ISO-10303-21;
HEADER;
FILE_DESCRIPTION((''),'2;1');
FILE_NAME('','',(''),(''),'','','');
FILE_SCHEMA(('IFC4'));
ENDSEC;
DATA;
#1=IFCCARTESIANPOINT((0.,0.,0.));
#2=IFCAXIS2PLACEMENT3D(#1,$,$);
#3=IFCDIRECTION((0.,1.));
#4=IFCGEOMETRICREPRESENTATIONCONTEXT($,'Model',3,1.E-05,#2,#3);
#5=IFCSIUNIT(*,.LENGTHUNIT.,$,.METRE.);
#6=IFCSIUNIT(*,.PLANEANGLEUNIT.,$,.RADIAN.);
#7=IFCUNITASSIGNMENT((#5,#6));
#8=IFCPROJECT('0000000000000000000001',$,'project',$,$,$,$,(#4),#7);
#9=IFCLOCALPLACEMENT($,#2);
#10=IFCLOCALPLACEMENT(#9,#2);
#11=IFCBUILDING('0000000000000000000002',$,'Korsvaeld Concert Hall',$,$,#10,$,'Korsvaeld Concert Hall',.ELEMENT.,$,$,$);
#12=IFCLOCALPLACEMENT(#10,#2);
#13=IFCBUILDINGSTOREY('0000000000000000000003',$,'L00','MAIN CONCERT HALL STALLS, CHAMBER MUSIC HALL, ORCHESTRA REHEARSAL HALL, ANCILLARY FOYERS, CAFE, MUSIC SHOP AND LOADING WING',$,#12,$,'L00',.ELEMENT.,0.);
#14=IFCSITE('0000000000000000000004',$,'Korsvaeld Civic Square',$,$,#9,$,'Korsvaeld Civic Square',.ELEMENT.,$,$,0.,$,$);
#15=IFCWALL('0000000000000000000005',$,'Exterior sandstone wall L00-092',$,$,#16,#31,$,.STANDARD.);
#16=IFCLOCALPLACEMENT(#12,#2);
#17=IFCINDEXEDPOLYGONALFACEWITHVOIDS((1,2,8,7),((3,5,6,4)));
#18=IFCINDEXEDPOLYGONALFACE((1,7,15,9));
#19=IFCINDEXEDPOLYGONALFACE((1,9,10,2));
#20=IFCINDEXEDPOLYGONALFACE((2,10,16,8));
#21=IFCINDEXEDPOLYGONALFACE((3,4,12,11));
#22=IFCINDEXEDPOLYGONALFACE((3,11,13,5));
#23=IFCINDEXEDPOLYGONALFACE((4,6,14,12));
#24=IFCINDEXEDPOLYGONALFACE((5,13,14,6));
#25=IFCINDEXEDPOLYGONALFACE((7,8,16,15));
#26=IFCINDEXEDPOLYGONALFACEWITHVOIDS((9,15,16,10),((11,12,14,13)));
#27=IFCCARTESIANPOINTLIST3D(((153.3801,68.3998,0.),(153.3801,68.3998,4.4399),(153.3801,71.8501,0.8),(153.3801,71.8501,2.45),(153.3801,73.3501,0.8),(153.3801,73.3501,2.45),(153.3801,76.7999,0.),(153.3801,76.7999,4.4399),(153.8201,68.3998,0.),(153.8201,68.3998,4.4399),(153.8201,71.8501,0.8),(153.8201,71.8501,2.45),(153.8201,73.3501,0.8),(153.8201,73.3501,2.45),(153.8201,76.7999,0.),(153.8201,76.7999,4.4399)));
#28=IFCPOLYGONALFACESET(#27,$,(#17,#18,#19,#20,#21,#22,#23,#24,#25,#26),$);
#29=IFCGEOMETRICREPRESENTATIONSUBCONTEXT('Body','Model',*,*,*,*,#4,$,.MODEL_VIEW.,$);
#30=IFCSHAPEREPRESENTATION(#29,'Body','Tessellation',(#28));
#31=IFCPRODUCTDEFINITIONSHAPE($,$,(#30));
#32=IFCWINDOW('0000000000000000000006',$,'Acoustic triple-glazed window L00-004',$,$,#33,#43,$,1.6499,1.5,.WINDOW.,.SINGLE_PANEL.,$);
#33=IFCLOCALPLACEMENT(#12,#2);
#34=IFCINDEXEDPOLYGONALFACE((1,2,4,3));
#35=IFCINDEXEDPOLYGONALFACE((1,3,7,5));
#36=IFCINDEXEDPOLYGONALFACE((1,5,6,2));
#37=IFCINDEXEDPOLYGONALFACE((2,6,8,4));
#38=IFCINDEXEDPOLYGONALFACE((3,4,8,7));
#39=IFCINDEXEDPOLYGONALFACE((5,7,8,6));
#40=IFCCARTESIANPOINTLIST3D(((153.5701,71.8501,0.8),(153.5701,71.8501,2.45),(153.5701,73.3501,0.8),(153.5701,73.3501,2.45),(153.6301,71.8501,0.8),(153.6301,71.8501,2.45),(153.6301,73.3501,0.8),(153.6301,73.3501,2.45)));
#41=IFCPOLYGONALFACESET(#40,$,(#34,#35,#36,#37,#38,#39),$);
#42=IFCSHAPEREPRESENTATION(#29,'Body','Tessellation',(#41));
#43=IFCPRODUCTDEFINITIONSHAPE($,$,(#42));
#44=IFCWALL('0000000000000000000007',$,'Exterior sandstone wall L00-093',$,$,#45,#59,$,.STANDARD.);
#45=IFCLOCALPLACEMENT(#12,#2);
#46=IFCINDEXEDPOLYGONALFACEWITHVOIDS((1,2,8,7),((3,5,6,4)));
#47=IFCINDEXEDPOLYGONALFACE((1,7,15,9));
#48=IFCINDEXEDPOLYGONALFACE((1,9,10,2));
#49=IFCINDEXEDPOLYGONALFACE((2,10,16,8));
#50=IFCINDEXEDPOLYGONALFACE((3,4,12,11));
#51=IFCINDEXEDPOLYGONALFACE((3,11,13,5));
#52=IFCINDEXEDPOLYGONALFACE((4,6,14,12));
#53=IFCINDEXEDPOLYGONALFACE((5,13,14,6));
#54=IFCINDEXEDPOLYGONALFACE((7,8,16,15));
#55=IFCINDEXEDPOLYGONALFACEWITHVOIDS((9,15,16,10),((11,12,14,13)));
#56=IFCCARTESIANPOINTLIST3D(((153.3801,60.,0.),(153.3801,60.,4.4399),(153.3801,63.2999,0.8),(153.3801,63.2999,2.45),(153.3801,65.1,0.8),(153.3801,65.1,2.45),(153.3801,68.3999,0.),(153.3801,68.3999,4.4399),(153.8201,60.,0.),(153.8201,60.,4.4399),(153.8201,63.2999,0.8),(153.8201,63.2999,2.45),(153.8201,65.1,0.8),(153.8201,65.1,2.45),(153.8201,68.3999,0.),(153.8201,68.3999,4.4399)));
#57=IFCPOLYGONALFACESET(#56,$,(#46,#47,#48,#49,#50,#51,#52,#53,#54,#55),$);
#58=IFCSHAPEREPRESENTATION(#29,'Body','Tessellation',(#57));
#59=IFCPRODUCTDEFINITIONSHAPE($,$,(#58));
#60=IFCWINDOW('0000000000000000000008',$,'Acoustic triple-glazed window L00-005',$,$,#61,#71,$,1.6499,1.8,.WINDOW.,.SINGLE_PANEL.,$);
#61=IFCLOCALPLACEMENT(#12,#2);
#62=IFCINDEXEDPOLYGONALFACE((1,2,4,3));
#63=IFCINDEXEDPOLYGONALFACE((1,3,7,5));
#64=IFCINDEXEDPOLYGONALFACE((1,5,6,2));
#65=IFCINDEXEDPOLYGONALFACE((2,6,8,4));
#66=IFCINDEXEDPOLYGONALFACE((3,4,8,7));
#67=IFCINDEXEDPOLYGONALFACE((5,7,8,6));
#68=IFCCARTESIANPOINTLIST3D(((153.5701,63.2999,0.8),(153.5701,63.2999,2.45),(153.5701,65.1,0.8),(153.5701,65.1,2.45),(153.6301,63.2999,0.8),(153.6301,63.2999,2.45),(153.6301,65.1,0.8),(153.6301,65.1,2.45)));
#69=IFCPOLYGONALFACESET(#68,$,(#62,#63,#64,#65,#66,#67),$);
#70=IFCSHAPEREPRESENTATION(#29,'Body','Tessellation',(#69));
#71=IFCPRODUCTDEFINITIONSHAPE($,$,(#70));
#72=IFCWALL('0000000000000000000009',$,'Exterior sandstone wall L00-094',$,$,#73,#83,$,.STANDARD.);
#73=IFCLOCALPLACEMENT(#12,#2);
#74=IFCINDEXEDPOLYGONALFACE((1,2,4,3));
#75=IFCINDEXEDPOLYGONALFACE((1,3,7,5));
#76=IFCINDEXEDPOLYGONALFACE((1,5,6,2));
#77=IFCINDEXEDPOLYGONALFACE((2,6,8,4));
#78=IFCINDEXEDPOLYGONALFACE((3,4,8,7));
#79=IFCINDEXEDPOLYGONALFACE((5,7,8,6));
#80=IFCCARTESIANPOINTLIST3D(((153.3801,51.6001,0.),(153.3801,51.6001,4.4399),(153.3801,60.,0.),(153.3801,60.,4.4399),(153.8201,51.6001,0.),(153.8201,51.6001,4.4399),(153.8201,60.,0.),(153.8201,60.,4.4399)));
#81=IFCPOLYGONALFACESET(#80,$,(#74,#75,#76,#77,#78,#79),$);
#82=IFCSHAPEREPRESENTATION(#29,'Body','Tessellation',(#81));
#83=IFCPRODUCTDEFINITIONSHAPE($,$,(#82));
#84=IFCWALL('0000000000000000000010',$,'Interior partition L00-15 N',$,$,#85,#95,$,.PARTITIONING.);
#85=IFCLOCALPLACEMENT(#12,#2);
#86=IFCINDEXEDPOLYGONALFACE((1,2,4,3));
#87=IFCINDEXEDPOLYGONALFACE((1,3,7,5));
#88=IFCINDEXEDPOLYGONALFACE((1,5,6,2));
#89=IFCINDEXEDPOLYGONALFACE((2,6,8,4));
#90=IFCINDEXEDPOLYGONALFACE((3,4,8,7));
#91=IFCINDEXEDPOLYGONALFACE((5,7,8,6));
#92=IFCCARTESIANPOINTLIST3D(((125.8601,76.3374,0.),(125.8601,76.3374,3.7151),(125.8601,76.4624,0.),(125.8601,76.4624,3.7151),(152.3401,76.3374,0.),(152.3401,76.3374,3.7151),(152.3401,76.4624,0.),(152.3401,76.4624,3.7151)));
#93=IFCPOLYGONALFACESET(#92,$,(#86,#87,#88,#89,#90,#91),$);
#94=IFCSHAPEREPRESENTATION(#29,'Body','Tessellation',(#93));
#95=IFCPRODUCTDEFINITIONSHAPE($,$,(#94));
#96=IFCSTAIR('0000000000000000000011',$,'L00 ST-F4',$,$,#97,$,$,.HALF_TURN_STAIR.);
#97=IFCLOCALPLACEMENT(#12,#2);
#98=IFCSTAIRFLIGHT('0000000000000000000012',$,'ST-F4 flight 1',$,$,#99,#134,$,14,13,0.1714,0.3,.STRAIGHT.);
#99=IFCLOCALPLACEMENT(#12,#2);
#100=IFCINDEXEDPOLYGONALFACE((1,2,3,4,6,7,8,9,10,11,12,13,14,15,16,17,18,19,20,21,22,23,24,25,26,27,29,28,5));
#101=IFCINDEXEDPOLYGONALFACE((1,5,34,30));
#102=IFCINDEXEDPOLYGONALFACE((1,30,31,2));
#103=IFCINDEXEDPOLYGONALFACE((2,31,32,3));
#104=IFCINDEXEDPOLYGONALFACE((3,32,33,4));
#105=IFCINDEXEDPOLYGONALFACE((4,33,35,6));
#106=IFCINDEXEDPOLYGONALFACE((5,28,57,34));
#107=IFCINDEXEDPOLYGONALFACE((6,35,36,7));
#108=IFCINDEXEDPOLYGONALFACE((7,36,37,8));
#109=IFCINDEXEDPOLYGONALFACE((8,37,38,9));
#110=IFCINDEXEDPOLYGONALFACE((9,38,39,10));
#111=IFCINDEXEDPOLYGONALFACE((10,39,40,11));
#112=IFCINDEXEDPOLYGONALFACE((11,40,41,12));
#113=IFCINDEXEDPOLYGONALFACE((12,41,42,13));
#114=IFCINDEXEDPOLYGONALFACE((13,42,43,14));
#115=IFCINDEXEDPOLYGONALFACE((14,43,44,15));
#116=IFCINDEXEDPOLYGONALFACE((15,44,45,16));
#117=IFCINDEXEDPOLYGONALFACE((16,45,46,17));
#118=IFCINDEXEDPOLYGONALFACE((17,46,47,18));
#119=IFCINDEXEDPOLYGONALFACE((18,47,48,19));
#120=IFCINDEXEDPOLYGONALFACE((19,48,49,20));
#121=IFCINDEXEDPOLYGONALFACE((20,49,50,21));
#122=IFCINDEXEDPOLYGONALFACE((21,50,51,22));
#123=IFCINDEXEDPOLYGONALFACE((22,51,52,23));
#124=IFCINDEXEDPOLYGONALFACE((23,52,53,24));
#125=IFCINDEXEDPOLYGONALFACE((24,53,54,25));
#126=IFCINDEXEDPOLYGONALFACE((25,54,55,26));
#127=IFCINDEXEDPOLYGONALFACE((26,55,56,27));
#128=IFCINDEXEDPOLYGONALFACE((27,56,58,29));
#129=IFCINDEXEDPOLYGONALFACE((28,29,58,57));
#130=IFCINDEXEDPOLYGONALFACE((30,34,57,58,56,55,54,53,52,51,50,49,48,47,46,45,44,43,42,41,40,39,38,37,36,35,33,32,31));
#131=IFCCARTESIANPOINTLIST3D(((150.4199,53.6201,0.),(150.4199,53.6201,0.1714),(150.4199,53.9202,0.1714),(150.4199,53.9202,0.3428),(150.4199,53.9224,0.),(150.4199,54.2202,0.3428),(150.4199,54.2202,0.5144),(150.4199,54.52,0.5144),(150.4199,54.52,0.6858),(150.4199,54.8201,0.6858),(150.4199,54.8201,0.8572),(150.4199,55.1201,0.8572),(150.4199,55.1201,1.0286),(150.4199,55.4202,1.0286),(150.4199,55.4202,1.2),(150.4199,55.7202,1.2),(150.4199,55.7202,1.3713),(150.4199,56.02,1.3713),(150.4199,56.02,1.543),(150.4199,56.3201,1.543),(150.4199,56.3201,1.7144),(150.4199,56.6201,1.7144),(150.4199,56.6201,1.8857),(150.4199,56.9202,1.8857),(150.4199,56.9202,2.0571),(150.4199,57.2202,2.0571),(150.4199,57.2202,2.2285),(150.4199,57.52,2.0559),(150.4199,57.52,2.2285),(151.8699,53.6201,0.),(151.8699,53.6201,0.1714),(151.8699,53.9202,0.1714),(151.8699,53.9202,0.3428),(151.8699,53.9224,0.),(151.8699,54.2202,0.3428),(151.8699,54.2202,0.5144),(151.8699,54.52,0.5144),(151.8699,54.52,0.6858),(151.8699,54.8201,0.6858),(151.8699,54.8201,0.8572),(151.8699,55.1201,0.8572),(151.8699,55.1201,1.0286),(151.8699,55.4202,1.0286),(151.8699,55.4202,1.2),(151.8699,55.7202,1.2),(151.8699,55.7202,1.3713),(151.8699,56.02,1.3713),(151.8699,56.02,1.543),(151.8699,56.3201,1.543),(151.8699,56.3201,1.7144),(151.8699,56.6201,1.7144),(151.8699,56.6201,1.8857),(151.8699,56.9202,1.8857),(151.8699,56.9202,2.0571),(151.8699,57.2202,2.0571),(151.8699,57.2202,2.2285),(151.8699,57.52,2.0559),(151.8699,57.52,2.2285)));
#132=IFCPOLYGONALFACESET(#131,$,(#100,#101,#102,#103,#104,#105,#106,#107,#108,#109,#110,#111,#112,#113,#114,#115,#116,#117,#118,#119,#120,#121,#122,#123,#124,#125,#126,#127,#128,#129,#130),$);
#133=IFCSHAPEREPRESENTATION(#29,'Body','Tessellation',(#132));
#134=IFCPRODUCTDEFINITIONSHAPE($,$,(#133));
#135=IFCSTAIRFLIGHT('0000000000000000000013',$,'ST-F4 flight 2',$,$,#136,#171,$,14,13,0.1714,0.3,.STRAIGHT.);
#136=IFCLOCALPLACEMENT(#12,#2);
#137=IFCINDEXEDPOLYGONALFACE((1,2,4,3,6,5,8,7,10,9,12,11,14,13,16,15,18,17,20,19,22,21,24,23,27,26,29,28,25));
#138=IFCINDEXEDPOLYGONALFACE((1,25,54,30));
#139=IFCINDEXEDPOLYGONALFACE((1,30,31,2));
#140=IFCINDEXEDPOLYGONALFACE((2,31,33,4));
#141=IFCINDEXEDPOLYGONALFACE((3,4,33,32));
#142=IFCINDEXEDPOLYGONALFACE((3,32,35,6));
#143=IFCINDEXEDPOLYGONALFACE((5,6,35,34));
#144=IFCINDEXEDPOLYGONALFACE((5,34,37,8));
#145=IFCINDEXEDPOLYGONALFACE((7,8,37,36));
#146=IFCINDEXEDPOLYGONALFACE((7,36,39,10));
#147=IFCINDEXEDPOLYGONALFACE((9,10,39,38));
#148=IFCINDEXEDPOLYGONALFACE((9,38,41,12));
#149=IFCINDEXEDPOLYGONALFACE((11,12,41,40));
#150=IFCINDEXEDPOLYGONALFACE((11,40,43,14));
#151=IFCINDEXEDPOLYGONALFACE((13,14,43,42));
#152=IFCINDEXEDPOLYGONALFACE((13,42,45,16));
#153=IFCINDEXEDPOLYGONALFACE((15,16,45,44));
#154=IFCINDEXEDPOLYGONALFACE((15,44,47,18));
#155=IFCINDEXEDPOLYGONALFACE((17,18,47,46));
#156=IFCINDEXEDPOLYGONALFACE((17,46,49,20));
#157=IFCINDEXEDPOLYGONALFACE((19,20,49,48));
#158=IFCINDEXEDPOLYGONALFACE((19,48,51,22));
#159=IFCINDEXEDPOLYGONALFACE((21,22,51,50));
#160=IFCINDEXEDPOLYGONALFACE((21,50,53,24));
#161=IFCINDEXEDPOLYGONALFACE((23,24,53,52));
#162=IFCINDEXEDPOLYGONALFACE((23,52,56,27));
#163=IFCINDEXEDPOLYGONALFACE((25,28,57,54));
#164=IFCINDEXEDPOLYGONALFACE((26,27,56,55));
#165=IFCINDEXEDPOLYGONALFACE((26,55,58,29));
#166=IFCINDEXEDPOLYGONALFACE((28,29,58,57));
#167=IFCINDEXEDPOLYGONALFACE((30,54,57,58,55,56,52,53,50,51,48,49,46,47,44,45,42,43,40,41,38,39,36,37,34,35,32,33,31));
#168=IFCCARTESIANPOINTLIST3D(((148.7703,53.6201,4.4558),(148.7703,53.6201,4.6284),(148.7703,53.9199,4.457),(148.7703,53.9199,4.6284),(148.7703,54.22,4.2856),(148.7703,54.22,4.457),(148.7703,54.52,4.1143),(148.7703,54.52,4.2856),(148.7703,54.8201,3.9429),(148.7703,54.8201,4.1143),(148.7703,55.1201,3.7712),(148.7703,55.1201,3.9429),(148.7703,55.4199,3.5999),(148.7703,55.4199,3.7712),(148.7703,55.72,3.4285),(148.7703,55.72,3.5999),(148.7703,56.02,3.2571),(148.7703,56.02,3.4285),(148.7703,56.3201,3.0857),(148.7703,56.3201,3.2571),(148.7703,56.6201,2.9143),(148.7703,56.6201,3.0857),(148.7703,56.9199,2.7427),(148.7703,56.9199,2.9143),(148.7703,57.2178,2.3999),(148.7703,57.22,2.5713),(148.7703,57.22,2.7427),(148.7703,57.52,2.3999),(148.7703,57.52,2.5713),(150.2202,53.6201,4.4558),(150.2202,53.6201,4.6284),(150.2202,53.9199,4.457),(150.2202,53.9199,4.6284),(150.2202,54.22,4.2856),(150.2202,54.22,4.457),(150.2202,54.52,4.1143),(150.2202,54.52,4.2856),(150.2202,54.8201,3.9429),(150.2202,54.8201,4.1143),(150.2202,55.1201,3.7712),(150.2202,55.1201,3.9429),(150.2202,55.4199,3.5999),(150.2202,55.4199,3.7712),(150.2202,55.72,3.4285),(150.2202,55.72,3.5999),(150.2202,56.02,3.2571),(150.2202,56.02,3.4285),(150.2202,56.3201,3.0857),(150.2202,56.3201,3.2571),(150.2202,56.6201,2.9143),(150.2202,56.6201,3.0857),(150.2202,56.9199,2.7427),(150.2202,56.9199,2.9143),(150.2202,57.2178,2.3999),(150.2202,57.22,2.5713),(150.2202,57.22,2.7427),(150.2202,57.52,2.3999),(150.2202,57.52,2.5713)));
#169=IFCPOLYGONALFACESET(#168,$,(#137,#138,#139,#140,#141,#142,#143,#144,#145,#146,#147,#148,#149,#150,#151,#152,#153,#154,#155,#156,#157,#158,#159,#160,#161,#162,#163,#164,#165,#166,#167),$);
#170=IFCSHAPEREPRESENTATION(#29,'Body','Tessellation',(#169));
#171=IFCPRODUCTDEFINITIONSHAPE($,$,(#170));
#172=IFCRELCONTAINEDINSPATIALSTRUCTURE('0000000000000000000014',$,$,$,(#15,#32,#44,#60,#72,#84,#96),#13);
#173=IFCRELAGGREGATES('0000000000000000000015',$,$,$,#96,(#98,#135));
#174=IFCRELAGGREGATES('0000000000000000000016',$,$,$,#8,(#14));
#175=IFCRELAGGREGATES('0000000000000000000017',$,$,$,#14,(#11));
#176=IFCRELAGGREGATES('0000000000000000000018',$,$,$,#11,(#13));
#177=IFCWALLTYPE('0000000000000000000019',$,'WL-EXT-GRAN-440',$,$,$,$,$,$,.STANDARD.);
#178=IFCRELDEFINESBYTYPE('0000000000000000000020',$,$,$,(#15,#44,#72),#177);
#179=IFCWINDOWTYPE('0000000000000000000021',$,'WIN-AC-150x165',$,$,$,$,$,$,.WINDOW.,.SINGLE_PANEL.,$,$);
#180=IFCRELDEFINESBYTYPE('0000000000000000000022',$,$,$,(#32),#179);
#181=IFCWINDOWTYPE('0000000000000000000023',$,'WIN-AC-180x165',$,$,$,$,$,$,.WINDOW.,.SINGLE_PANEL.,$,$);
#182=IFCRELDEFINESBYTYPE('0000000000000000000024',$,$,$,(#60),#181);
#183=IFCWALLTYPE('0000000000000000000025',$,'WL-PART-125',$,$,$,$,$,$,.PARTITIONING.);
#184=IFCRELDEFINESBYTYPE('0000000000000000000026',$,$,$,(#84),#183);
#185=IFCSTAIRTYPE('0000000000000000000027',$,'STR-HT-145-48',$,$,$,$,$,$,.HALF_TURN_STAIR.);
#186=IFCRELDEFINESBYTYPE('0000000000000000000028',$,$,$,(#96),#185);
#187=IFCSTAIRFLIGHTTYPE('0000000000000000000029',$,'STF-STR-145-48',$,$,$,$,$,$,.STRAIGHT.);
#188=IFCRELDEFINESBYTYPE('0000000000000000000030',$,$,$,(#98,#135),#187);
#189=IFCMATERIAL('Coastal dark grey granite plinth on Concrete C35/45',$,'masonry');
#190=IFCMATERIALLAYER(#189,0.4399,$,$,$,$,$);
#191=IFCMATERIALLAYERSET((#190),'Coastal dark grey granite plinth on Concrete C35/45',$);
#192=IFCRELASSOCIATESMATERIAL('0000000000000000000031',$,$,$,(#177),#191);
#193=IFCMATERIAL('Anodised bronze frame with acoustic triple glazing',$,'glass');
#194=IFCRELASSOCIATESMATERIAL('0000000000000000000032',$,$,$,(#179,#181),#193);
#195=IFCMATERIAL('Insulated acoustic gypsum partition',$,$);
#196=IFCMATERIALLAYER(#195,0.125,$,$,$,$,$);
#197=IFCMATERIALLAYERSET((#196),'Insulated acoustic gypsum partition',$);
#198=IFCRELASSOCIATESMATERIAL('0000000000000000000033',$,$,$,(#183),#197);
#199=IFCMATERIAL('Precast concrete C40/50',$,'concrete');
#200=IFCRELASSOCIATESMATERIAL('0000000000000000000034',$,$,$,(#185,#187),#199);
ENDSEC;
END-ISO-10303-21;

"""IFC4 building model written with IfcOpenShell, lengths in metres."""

from ifc_helpers import new_model, si_unit, direction, frame, frame_2d, origin, place, context, subcontext, project, spatial, polyline, rectangle, outline, extrude, material, layer, layer_set, type_object, element, fill, aggregate, save


model = new_model("IFC4")

# Units and contexts
model_context = context("Model", 3, precision=1e-05, world=origin(), true_north=direction((0.0, 1.0)))
body_context = subcontext(model_context, "Body", "Model", "MODEL_VIEW")
ifc_project = project(units=[si_unit("LENGTHUNIT", "METRE"), si_unit("PLANEANGLEUNIT", "RADIAN")], contexts=[model_context])

# Site, building, storey
site_placement = place(None, origin())
site = spatial("IfcSite", under=ifc_project, at=site_placement, Name="Korsvaeld Civic Square", LongName="Korsvaeld Civic Square", CompositionType="ELEMENT", RefElevation=0.0)
building_placement = place(site_placement, origin())
building = spatial("IfcBuilding", under=site, at=building_placement, Name="Korsvaeld Concert Hall", LongName="Korsvaeld Concert Hall", CompositionType="ELEMENT")
storey_placement = place(building_placement, origin())
storey = spatial("IfcBuildingStorey", under=building, at=storey_placement, Name="L00", Description="MAIN CONCERT HALL STALLS, CHAMBER MUSIC HALL, ORCHESTRA REHEARSAL HALL, ANCILLARY FOYERS, CAFE, MUSIC SHOP AND LOADING WING", LongName="L00", CompositionType="ELEMENT", Elevation=0.0)

# Walls, openings, windows
ifc_material_1 = material(Name="Coastal dark grey granite plinth on Concrete C35/45", Category="masonry")
ifc_layer_1 = layer(ifc_material_1, 0.4399)
ifc_layer_set_1 = layer_set([ifc_layer_1], Name="Coastal dark grey granite plinth on Concrete C35/45")
wall_type_1 = type_object("IfcWallType", Name="WL-EXT-GRAN-440", PredefinedType="STANDARD", material=ifc_layer_set_1)
wall_1_placement = place(storey_placement, frame((153.6001, 76.8, 0.0), z_axis=(0.0, 0.0, 1.0), x_axis=(0.0, -1.0, 0.0)))
wall_1 = element("IfcWall", 1, at=wall_1_placement, inside=storey, type_object=wall_type_1, Name="Exterior sandstone wall L00-092", PredefinedType="STANDARD", context=body_context, shape_type="SweptSolid", body=[
    extrude(rectangle(XDim=8.4001, YDim=0.4399, at=frame_2d((4.2002, 0.0))), origin(), (0.0, 0.0, 1.0), 4.4399),
])
opening_1_placement = place(wall_1_placement, frame((3.45, 0.0, 0.8)))
opening_1 = element("IfcOpeningElement", 2, at=opening_1_placement, cuts=wall_1, PredefinedType="OPENING", context=body_context, shape_type="SweptSolid", body=[
    extrude(rectangle(XDim=1.5, YDim=1.6499, at=frame_2d((0.75, 0.825))), frame((0.0, 0.23, 0.0), z_axis=(0.0, -1.0, 0.0), x_axis=(1.0, 0.0, 0.0)), (0.0, 0.0, 1.0), 0.46),
])
ifc_material_2 = material(Name="Anodised bronze frame with acoustic triple glazing", Category="glass")
window_type_1 = type_object("IfcWindowType", Name="WIN-AC-150x165", PartitioningType="SINGLE_PANEL", PredefinedType="WINDOW", material=ifc_material_2)
window_1_placement = place(opening_1_placement, origin())
window_1 = element("IfcWindow", 3, at=window_1_placement, inside=storey, type_object=window_type_1, Name="Acoustic triple-glazed window L00-004", OverallHeight=1.6499, OverallWidth=1.5, PartitioningType="SINGLE_PANEL", PredefinedType="WINDOW", context=body_context, shape_type="SweptSolid", body=[
    extrude(rectangle(XDim=1.5, YDim=1.6499, at=frame_2d((0.75, 0.825))), frame((0.0, 0.03, 0.0), z_axis=(0.0, -1.0, 0.0), x_axis=(1.0, 0.0, 0.0)), (0.0, 0.0, 1.0), 0.0601),
])
fill(opening_1, window_1)
wall_2_placement = place(storey_placement, frame((153.6001, 68.3999, 0.0), z_axis=(0.0, 0.0, 1.0), x_axis=(0.0, -1.0, 0.0)))
wall_2 = element("IfcWall", 4, at=wall_2_placement, inside=storey, type_object=wall_type_1, Name="Exterior sandstone wall L00-093", PredefinedType="STANDARD", context=body_context, shape_type="SweptSolid", body=[
    extrude(rectangle(XDim=8.3999, YDim=0.4399, at=frame_2d((4.2, 0.0))), origin(), (0.0, 0.0, 1.0), 4.4399),
])
opening_2_placement = place(wall_2_placement, frame((3.3, 0.0, 0.8)))
opening_2 = element("IfcOpeningElement", 5, at=opening_2_placement, cuts=wall_2, PredefinedType="OPENING", context=body_context, shape_type="SweptSolid", body=[
    extrude(rectangle(XDim=1.8, YDim=1.6499, at=frame_2d((0.8999, 0.825))), frame((0.0, 0.23, 0.0), z_axis=(0.0, -1.0, 0.0), x_axis=(1.0, 0.0, 0.0)), (0.0, 0.0, 1.0), 0.46),
])
window_type_2 = type_object("IfcWindowType", Name="WIN-AC-180x165", PartitioningType="SINGLE_PANEL", PredefinedType="WINDOW", material=ifc_material_2)
window_2_placement = place(opening_2_placement, origin())
window_2 = element("IfcWindow", 6, at=window_2_placement, inside=storey, type_object=window_type_2, Name="Acoustic triple-glazed window L00-005", OverallHeight=1.6499, OverallWidth=1.8, PartitioningType="SINGLE_PANEL", PredefinedType="WINDOW", context=body_context, shape_type="SweptSolid", body=[
    extrude(rectangle(XDim=1.8, YDim=1.6499, at=frame_2d((0.8999, 0.825))), frame((0.0, 0.03, 0.0), z_axis=(0.0, -1.0, 0.0), x_axis=(1.0, 0.0, 0.0)), (0.0, 0.0, 1.0), 0.0601),
])
fill(opening_2, window_2)

# Walls
wall_3_placement = place(storey_placement, frame((153.6001, 60.0, 0.0), z_axis=(0.0, 0.0, 1.0), x_axis=(0.0, -1.0, 0.0)))
element("IfcWall", 7, at=wall_3_placement, inside=storey, type_object=wall_type_1, Name="Exterior sandstone wall L00-094", PredefinedType="STANDARD", context=body_context, shape_type="SweptSolid", body=[
    extrude(rectangle(XDim=8.3999, YDim=0.4399, at=frame_2d((4.2, 0.0))), origin(), (0.0, 0.0, 1.0), 4.4399),
])
ifc_material_3 = material(Name="Insulated acoustic gypsum partition")
ifc_layer_2 = layer(ifc_material_3, 0.125)
ifc_layer_set_2 = layer_set([ifc_layer_2], Name="Insulated acoustic gypsum partition")
wall_type_2 = type_object("IfcWallType", Name="WL-PART-125", PredefinedType="PARTITIONING", material=ifc_layer_set_2)
wall_4_placement = place(storey_placement, frame((152.3401, 76.3999, 0.0), z_axis=(0.0, 0.0, 1.0), x_axis=(-1.0, 0.0, 0.0)))
element("IfcWall", 8, at=wall_4_placement, inside=storey, type_object=wall_type_2, Name="Interior partition L00-15 N", PredefinedType="PARTITIONING", context=body_context, shape_type="SweptSolid", body=[
    extrude(rectangle(XDim=26.48, YDim=0.125, at=frame_2d((13.24, 0.0))), origin(), (0.0, 0.0, 1.0), 3.7151),
])

# Stair, stair flights
ifc_material_4 = material(Name="Precast concrete C40/50", Category="concrete")
stair_type = type_object("IfcStairType", Name="STR-HT-145-48", PredefinedType="HALF_TURN_STAIR", material=ifc_material_4)
stair_placement = place(storey_placement, origin())
stair = element("IfcStair", 9, at=stair_placement, inside=storey, type_object=stair_type, Name="L00 ST-F4", PredefinedType="HALF_TURN_STAIR")
stair_flight_type = type_object("IfcStairFlightType", Name="STF-STR-145-48", PredefinedType="STRAIGHT", material=ifc_material_4)
stair_flight_1_placement = place(storey_placement, frame((151.145, 53.6201, 0.0), z_axis=(0.0, 0.0, 1.0), x_axis=(0.0, 1.0, 0.0)))
stair_flight_1 = element("IfcStairFlight", 10, at=stair_flight_1_placement, type_object=stair_flight_type, Name="ST-F4 flight 1", NumberOfRisers=14, NumberOfTreads=13, PredefinedType="STRAIGHT", RiserHeight=0.1714, TreadLength=0.3, context=body_context, shape_type="SweptSolid", body=[
    extrude(outline(polyline([(0.0, 0.0), (0.0, 0.1714), (0.3, 0.1714), (0.3, 0.3428), (0.6001, 0.3428), (0.6001, 0.5144), (0.8999, 0.5144), (0.8999, 0.6858), (1.2, 0.6858), (1.2, 0.8572), (1.5, 0.8572), (1.5, 1.0286), (1.8, 1.0286), (1.8, 1.2), (2.1001, 1.2), (2.1001, 1.3713), (2.3999, 1.3713), (2.3999, 1.543), (2.7, 1.543), (2.7, 1.7144), (3.0, 1.7144), (3.0, 1.8857), (3.3, 1.8857), (3.3, 2.0571), (3.6001, 2.0571), (3.6001, 2.2285), (3.8999, 2.2285), (3.8999, 2.3999), (3.8999, 2.0559), (0.3022, 0.0), (0.0, 0.0)])), frame((0.0, 0.7251, 0.0), z_axis=(0.0, -1.0, 0.0), x_axis=(1.0, 0.0, 0.0)), (0.0, 0.0, 1.0), 1.45),
])
stair_flight_2_placement = place(storey_placement, frame((149.4951, 57.52, 2.3999), z_axis=(0.0, 0.0, 1.0), x_axis=(0.0, -1.0, 0.0)))
stair_flight_2 = element("IfcStairFlight", 11, at=stair_flight_2_placement, type_object=stair_flight_type, Name="ST-F4 flight 2", NumberOfRisers=14, NumberOfTreads=13, PredefinedType="STRAIGHT", RiserHeight=0.1714, TreadLength=0.3, context=body_context, shape_type="SweptSolid", body=[
    extrude(outline(polyline([(0.0, 0.0), (0.0, 0.1714), (0.3, 0.1714), (0.3, 0.3428), (0.6001, 0.3428), (0.6001, 0.5144), (0.8999, 0.5144), (0.8999, 0.6858), (1.2, 0.6858), (1.2, 0.8572), (1.5, 0.8572), (1.5, 1.0286), (1.8, 1.0286), (1.8, 1.2), (2.1001, 1.2), (2.1001, 1.3713), (2.3999, 1.3713), (2.3999, 1.543), (2.7, 1.543), (2.7, 1.7144), (3.0, 1.7144), (3.0, 1.8857), (3.3, 1.8857), (3.3, 2.0571), (3.6001, 2.0571), (3.6001, 2.2285), (3.8999, 2.2285), (3.8999, 2.3999), (3.8999, 2.0559), (0.3022, 0.0), (0.0, 0.0)])), frame((0.0, 0.7251, 0.0), z_axis=(0.0, -1.0, 0.0), x_axis=(1.0, 0.0, 0.0)), (0.0, 0.0, 1.0), 1.45),
])
aggregate(stair, [stair_flight_1, stair_flight_2])

save(model, "model.ifc")
